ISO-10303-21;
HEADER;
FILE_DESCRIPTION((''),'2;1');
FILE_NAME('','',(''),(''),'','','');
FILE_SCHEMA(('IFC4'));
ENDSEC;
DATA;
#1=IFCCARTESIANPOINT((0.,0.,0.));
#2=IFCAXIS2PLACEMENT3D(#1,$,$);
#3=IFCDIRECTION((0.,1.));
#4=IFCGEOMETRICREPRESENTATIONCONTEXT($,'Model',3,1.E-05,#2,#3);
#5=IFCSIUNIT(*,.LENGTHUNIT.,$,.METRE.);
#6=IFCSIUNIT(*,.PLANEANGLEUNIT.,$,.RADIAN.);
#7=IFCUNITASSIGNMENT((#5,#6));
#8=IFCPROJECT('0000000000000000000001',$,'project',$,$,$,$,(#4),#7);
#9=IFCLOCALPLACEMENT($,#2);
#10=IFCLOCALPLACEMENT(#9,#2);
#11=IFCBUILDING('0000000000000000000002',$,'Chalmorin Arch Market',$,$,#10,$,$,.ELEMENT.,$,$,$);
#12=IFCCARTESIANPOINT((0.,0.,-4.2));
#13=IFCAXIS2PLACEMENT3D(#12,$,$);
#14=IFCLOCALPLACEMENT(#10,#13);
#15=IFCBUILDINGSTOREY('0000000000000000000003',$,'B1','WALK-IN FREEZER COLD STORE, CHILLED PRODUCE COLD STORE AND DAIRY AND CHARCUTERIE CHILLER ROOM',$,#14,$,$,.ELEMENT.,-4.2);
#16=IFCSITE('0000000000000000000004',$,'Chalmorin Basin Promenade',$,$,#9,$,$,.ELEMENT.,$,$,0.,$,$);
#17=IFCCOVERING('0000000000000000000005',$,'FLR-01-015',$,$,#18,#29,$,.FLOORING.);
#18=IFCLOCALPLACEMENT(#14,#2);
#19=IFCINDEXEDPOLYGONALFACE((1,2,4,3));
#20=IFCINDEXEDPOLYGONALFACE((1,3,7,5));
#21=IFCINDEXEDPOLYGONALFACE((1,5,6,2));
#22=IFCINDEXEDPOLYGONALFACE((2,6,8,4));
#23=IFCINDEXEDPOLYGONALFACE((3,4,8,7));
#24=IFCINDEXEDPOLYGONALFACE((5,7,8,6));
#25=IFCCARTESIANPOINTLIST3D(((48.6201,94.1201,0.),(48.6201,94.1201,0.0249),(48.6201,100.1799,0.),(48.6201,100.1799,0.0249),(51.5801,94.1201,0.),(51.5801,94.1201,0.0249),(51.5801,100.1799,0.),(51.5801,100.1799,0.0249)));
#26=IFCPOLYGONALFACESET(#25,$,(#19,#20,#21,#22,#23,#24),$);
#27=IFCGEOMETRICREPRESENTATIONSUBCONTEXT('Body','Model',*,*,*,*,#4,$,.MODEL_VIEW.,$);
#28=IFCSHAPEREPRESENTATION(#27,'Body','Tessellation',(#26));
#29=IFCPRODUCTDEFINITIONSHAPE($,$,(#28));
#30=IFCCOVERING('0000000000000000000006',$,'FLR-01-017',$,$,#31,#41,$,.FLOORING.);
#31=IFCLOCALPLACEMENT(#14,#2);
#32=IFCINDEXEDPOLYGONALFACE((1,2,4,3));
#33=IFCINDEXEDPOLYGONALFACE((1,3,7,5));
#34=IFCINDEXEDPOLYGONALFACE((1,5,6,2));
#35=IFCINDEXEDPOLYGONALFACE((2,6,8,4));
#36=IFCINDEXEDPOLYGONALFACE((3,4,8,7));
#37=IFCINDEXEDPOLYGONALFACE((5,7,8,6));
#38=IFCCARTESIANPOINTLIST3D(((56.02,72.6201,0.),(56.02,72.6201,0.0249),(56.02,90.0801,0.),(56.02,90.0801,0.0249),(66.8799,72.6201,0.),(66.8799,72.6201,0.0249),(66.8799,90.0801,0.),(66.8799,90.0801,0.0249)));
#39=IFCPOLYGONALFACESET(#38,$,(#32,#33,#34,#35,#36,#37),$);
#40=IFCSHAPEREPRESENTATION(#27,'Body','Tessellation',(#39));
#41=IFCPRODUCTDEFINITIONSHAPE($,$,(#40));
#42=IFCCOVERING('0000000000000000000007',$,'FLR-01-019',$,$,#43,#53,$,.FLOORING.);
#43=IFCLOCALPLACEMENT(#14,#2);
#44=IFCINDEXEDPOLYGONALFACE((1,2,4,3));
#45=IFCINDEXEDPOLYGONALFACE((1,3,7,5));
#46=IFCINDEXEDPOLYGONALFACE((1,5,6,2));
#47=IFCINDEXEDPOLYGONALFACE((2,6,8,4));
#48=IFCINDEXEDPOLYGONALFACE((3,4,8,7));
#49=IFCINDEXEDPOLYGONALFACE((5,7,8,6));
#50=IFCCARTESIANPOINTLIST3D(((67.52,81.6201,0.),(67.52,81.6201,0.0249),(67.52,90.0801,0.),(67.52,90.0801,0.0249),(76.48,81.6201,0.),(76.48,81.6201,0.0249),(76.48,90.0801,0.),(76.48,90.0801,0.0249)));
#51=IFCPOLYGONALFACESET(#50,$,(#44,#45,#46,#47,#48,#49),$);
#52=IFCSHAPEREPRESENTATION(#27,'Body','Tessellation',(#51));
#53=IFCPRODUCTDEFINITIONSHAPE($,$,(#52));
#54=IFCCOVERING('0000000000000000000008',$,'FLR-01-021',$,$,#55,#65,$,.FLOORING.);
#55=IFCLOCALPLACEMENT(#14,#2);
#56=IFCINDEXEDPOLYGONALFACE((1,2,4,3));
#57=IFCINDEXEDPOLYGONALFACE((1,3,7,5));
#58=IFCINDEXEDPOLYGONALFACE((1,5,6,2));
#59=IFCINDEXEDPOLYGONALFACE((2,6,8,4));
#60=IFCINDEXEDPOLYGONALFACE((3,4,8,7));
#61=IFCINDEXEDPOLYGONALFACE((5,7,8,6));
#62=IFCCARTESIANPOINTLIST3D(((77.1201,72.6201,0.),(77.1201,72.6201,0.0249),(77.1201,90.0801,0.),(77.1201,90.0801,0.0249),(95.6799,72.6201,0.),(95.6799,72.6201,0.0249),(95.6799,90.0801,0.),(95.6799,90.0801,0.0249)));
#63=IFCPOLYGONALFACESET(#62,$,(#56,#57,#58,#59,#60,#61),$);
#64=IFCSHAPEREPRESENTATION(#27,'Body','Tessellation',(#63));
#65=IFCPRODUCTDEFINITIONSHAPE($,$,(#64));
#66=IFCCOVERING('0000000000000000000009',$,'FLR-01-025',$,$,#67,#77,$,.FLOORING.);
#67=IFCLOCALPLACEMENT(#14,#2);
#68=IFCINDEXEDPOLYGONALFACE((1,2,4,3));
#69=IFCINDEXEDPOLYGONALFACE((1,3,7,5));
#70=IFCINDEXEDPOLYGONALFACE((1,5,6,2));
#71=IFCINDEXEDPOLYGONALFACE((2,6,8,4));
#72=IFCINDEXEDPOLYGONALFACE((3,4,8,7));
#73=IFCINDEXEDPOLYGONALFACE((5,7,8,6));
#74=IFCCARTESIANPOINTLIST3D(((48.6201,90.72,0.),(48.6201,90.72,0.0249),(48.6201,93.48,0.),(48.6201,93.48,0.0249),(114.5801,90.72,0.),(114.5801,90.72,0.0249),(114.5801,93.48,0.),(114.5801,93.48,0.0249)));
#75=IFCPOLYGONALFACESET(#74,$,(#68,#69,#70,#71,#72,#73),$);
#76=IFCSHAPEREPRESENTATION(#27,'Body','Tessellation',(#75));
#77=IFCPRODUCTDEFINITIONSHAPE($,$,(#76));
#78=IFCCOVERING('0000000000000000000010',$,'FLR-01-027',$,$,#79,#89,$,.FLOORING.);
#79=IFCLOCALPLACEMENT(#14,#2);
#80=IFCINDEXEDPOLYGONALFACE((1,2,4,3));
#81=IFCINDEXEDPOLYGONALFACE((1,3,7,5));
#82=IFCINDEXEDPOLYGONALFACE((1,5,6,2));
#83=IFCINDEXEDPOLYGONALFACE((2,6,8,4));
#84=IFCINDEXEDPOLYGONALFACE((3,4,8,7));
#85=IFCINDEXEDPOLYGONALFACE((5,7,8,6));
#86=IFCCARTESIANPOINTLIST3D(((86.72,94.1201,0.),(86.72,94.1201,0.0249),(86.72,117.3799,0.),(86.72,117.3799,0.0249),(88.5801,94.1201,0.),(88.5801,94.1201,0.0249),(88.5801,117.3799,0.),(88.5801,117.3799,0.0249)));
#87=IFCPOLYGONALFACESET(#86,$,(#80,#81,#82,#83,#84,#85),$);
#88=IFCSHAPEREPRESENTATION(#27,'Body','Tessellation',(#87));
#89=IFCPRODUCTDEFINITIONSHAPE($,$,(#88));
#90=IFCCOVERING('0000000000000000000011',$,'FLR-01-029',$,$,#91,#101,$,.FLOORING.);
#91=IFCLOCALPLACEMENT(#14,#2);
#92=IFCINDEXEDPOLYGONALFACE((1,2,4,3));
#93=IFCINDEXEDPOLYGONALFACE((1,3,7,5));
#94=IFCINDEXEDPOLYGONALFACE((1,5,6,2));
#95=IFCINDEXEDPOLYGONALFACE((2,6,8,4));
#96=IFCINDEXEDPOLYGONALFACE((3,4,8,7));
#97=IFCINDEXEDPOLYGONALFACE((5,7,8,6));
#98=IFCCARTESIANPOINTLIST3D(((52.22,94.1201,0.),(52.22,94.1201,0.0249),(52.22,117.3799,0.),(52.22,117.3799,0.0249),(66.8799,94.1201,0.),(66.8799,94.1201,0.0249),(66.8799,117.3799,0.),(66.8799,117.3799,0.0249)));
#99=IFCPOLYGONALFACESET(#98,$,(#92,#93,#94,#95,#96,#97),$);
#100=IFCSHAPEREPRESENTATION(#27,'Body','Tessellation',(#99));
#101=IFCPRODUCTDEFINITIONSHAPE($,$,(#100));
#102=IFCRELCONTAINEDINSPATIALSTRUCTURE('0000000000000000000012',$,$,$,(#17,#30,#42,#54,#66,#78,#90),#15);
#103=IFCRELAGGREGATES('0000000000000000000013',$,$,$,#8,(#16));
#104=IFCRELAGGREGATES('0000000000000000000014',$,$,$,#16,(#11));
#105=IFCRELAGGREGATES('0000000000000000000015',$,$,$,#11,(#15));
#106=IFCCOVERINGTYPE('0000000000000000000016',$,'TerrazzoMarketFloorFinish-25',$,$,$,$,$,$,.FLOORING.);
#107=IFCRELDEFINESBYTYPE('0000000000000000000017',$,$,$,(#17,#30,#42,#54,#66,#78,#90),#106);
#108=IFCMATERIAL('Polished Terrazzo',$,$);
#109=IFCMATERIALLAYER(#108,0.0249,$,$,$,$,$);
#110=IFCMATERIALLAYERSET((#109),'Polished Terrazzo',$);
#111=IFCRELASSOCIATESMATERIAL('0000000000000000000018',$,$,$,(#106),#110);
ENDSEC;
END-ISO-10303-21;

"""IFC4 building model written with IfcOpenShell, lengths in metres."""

from ifc_helpers import new_model, si_unit, direction, frame, origin, place, context, subcontext, project, spatial, polyline, outline, extrude, material, layer, layer_set, type_object, element, save


model = new_model("IFC4")

# Units and contexts
model_context = context("Model", 3, precision=1e-05, world=origin(), true_north=direction((0.0, 1.0)))
body_context = subcontext(model_context, "Body", "Model", "MODEL_VIEW")
ifc_project = project(units=[si_unit("LENGTHUNIT", "METRE"), si_unit("PLANEANGLEUNIT", "RADIAN")], contexts=[model_context])

# Site, building, storey
site_placement = place(None, origin())
site = spatial("IfcSite", under=ifc_project, at=site_placement, Name="Chalmorin Basin Promenade", CompositionType="ELEMENT", RefElevation=0.0)
building_placement = place(site_placement, origin())
building = spatial("IfcBuilding", under=site, at=building_placement, Name="Chalmorin Arch Market", CompositionType="ELEMENT")
storey_placement = place(building_placement, frame((0.0, 0.0, -4.2)))
storey = spatial("IfcBuildingStorey", under=building, at=storey_placement, Name="B1", Description="WALK-IN FREEZER COLD STORE, CHILLED PRODUCE COLD STORE AND DAIRY AND CHARCUTERIE CHILLER ROOM", CompositionType="ELEMENT", Elevation=-4.2)

# Coverings
ifc_material_1 = material(Name="Polished Terrazzo")
ifc_layer_1 = layer(ifc_material_1, 0.0249)
ifc_layer_set_1 = layer_set([ifc_layer_1], Name="Polished Terrazzo")
covering_type_1 = type_object("IfcCoveringType", Name="TerrazzoMarketFloorFinish-25", PredefinedType="FLOORING", material=ifc_layer_set_1)
covering_1_placement = place(storey_placement, origin())
element("IfcCovering", 1, at=covering_1_placement, inside=storey, type_object=covering_type_1, Name="FLR-01-015", PredefinedType="FLOORING", context=body_context, shape_type="SweptSolid", body=[
    extrude(outline(polyline([(48.6201, 94.1201), (51.5801, 94.1201), (51.5801, 100.1799), (48.6201, 100.1799), (48.6201, 94.1201)])), origin(), (0.0, 0.0, 1.0), 0.0249),
])
covering_2_placement = place(storey_placement, origin())
element("IfcCovering", 2, at=covering_2_placement, inside=storey, type_object=covering_type_1, Name="FLR-01-017", PredefinedType="FLOORING", context=body_context, shape_type="SweptSolid", body=[
    extrude(outline(polyline([(56.02, 72.6201), (66.8799, 72.6201), (66.8799, 90.0801), (56.02, 90.0801), (56.02, 72.6201)])), origin(), (0.0, 0.0, 1.0), 0.0249),
])
covering_3_placement = place(storey_placement, origin())
element("IfcCovering", 3, at=covering_3_placement, inside=storey, type_object=covering_type_1, Name="FLR-01-019", PredefinedType="FLOORING", context=body_context, shape_type="SweptSolid", body=[
    extrude(outline(polyline([(67.52, 81.6201), (76.48, 81.6201), (76.48, 90.0801), (67.52, 90.0801), (67.52, 81.6201)])), origin(), (0.0, 0.0, 1.0), 0.0249),
])
covering_4_placement = place(storey_placement, origin())
element("IfcCovering", 4, at=covering_4_placement, inside=storey, type_object=covering_type_1, Name="FLR-01-021", PredefinedType="FLOORING", context=body_context, shape_type="SweptSolid", body=[
    extrude(outline(polyline([(77.1201, 72.6201), (95.6799, 72.6201), (95.6799, 90.0801), (77.1201, 90.0801), (77.1201, 72.6201)])), origin(), (0.0, 0.0, 1.0), 0.0249),
])
covering_5_placement = place(storey_placement, origin())
element("IfcCovering", 5, at=covering_5_placement, inside=storey, type_object=covering_type_1, Name="FLR-01-025", PredefinedType="FLOORING", context=body_context, shape_type="SweptSolid", body=[
    extrude(outline(polyline([(48.6201, 90.72), (114.5801, 90.72), (114.5801, 93.48), (48.6201, 93.48), (48.6201, 90.72)])), origin(), (0.0, 0.0, 1.0), 0.0249),
])
covering_6_placement = place(storey_placement, origin())
element("IfcCovering", 6, at=covering_6_placement, inside=storey, type_object=covering_type_1, Name="FLR-01-027", PredefinedType="FLOORING", context=body_context, shape_type="SweptSolid", body=[
    extrude(outline(polyline([(86.72, 94.1201), (88.5801, 94.1201), (88.5801, 117.3799), (86.72, 117.3799), (86.72, 94.1201)])), origin(), (0.0, 0.0, 1.0), 0.0249),
])
covering_7_placement = place(storey_placement, origin())
element("IfcCovering", 7, at=covering_7_placement, inside=storey, type_object=covering_type_1, Name="FLR-01-029", PredefinedType="FLOORING", context=body_context, shape_type="SweptSolid", body=[
    extrude(outline(polyline([(52.22, 94.1201), (66.8799, 94.1201), (66.8799, 117.3799), (52.22, 117.3799), (52.22, 94.1201)])), origin(), (0.0, 0.0, 1.0), 0.0249),
])

save(model, "model.ifc")
